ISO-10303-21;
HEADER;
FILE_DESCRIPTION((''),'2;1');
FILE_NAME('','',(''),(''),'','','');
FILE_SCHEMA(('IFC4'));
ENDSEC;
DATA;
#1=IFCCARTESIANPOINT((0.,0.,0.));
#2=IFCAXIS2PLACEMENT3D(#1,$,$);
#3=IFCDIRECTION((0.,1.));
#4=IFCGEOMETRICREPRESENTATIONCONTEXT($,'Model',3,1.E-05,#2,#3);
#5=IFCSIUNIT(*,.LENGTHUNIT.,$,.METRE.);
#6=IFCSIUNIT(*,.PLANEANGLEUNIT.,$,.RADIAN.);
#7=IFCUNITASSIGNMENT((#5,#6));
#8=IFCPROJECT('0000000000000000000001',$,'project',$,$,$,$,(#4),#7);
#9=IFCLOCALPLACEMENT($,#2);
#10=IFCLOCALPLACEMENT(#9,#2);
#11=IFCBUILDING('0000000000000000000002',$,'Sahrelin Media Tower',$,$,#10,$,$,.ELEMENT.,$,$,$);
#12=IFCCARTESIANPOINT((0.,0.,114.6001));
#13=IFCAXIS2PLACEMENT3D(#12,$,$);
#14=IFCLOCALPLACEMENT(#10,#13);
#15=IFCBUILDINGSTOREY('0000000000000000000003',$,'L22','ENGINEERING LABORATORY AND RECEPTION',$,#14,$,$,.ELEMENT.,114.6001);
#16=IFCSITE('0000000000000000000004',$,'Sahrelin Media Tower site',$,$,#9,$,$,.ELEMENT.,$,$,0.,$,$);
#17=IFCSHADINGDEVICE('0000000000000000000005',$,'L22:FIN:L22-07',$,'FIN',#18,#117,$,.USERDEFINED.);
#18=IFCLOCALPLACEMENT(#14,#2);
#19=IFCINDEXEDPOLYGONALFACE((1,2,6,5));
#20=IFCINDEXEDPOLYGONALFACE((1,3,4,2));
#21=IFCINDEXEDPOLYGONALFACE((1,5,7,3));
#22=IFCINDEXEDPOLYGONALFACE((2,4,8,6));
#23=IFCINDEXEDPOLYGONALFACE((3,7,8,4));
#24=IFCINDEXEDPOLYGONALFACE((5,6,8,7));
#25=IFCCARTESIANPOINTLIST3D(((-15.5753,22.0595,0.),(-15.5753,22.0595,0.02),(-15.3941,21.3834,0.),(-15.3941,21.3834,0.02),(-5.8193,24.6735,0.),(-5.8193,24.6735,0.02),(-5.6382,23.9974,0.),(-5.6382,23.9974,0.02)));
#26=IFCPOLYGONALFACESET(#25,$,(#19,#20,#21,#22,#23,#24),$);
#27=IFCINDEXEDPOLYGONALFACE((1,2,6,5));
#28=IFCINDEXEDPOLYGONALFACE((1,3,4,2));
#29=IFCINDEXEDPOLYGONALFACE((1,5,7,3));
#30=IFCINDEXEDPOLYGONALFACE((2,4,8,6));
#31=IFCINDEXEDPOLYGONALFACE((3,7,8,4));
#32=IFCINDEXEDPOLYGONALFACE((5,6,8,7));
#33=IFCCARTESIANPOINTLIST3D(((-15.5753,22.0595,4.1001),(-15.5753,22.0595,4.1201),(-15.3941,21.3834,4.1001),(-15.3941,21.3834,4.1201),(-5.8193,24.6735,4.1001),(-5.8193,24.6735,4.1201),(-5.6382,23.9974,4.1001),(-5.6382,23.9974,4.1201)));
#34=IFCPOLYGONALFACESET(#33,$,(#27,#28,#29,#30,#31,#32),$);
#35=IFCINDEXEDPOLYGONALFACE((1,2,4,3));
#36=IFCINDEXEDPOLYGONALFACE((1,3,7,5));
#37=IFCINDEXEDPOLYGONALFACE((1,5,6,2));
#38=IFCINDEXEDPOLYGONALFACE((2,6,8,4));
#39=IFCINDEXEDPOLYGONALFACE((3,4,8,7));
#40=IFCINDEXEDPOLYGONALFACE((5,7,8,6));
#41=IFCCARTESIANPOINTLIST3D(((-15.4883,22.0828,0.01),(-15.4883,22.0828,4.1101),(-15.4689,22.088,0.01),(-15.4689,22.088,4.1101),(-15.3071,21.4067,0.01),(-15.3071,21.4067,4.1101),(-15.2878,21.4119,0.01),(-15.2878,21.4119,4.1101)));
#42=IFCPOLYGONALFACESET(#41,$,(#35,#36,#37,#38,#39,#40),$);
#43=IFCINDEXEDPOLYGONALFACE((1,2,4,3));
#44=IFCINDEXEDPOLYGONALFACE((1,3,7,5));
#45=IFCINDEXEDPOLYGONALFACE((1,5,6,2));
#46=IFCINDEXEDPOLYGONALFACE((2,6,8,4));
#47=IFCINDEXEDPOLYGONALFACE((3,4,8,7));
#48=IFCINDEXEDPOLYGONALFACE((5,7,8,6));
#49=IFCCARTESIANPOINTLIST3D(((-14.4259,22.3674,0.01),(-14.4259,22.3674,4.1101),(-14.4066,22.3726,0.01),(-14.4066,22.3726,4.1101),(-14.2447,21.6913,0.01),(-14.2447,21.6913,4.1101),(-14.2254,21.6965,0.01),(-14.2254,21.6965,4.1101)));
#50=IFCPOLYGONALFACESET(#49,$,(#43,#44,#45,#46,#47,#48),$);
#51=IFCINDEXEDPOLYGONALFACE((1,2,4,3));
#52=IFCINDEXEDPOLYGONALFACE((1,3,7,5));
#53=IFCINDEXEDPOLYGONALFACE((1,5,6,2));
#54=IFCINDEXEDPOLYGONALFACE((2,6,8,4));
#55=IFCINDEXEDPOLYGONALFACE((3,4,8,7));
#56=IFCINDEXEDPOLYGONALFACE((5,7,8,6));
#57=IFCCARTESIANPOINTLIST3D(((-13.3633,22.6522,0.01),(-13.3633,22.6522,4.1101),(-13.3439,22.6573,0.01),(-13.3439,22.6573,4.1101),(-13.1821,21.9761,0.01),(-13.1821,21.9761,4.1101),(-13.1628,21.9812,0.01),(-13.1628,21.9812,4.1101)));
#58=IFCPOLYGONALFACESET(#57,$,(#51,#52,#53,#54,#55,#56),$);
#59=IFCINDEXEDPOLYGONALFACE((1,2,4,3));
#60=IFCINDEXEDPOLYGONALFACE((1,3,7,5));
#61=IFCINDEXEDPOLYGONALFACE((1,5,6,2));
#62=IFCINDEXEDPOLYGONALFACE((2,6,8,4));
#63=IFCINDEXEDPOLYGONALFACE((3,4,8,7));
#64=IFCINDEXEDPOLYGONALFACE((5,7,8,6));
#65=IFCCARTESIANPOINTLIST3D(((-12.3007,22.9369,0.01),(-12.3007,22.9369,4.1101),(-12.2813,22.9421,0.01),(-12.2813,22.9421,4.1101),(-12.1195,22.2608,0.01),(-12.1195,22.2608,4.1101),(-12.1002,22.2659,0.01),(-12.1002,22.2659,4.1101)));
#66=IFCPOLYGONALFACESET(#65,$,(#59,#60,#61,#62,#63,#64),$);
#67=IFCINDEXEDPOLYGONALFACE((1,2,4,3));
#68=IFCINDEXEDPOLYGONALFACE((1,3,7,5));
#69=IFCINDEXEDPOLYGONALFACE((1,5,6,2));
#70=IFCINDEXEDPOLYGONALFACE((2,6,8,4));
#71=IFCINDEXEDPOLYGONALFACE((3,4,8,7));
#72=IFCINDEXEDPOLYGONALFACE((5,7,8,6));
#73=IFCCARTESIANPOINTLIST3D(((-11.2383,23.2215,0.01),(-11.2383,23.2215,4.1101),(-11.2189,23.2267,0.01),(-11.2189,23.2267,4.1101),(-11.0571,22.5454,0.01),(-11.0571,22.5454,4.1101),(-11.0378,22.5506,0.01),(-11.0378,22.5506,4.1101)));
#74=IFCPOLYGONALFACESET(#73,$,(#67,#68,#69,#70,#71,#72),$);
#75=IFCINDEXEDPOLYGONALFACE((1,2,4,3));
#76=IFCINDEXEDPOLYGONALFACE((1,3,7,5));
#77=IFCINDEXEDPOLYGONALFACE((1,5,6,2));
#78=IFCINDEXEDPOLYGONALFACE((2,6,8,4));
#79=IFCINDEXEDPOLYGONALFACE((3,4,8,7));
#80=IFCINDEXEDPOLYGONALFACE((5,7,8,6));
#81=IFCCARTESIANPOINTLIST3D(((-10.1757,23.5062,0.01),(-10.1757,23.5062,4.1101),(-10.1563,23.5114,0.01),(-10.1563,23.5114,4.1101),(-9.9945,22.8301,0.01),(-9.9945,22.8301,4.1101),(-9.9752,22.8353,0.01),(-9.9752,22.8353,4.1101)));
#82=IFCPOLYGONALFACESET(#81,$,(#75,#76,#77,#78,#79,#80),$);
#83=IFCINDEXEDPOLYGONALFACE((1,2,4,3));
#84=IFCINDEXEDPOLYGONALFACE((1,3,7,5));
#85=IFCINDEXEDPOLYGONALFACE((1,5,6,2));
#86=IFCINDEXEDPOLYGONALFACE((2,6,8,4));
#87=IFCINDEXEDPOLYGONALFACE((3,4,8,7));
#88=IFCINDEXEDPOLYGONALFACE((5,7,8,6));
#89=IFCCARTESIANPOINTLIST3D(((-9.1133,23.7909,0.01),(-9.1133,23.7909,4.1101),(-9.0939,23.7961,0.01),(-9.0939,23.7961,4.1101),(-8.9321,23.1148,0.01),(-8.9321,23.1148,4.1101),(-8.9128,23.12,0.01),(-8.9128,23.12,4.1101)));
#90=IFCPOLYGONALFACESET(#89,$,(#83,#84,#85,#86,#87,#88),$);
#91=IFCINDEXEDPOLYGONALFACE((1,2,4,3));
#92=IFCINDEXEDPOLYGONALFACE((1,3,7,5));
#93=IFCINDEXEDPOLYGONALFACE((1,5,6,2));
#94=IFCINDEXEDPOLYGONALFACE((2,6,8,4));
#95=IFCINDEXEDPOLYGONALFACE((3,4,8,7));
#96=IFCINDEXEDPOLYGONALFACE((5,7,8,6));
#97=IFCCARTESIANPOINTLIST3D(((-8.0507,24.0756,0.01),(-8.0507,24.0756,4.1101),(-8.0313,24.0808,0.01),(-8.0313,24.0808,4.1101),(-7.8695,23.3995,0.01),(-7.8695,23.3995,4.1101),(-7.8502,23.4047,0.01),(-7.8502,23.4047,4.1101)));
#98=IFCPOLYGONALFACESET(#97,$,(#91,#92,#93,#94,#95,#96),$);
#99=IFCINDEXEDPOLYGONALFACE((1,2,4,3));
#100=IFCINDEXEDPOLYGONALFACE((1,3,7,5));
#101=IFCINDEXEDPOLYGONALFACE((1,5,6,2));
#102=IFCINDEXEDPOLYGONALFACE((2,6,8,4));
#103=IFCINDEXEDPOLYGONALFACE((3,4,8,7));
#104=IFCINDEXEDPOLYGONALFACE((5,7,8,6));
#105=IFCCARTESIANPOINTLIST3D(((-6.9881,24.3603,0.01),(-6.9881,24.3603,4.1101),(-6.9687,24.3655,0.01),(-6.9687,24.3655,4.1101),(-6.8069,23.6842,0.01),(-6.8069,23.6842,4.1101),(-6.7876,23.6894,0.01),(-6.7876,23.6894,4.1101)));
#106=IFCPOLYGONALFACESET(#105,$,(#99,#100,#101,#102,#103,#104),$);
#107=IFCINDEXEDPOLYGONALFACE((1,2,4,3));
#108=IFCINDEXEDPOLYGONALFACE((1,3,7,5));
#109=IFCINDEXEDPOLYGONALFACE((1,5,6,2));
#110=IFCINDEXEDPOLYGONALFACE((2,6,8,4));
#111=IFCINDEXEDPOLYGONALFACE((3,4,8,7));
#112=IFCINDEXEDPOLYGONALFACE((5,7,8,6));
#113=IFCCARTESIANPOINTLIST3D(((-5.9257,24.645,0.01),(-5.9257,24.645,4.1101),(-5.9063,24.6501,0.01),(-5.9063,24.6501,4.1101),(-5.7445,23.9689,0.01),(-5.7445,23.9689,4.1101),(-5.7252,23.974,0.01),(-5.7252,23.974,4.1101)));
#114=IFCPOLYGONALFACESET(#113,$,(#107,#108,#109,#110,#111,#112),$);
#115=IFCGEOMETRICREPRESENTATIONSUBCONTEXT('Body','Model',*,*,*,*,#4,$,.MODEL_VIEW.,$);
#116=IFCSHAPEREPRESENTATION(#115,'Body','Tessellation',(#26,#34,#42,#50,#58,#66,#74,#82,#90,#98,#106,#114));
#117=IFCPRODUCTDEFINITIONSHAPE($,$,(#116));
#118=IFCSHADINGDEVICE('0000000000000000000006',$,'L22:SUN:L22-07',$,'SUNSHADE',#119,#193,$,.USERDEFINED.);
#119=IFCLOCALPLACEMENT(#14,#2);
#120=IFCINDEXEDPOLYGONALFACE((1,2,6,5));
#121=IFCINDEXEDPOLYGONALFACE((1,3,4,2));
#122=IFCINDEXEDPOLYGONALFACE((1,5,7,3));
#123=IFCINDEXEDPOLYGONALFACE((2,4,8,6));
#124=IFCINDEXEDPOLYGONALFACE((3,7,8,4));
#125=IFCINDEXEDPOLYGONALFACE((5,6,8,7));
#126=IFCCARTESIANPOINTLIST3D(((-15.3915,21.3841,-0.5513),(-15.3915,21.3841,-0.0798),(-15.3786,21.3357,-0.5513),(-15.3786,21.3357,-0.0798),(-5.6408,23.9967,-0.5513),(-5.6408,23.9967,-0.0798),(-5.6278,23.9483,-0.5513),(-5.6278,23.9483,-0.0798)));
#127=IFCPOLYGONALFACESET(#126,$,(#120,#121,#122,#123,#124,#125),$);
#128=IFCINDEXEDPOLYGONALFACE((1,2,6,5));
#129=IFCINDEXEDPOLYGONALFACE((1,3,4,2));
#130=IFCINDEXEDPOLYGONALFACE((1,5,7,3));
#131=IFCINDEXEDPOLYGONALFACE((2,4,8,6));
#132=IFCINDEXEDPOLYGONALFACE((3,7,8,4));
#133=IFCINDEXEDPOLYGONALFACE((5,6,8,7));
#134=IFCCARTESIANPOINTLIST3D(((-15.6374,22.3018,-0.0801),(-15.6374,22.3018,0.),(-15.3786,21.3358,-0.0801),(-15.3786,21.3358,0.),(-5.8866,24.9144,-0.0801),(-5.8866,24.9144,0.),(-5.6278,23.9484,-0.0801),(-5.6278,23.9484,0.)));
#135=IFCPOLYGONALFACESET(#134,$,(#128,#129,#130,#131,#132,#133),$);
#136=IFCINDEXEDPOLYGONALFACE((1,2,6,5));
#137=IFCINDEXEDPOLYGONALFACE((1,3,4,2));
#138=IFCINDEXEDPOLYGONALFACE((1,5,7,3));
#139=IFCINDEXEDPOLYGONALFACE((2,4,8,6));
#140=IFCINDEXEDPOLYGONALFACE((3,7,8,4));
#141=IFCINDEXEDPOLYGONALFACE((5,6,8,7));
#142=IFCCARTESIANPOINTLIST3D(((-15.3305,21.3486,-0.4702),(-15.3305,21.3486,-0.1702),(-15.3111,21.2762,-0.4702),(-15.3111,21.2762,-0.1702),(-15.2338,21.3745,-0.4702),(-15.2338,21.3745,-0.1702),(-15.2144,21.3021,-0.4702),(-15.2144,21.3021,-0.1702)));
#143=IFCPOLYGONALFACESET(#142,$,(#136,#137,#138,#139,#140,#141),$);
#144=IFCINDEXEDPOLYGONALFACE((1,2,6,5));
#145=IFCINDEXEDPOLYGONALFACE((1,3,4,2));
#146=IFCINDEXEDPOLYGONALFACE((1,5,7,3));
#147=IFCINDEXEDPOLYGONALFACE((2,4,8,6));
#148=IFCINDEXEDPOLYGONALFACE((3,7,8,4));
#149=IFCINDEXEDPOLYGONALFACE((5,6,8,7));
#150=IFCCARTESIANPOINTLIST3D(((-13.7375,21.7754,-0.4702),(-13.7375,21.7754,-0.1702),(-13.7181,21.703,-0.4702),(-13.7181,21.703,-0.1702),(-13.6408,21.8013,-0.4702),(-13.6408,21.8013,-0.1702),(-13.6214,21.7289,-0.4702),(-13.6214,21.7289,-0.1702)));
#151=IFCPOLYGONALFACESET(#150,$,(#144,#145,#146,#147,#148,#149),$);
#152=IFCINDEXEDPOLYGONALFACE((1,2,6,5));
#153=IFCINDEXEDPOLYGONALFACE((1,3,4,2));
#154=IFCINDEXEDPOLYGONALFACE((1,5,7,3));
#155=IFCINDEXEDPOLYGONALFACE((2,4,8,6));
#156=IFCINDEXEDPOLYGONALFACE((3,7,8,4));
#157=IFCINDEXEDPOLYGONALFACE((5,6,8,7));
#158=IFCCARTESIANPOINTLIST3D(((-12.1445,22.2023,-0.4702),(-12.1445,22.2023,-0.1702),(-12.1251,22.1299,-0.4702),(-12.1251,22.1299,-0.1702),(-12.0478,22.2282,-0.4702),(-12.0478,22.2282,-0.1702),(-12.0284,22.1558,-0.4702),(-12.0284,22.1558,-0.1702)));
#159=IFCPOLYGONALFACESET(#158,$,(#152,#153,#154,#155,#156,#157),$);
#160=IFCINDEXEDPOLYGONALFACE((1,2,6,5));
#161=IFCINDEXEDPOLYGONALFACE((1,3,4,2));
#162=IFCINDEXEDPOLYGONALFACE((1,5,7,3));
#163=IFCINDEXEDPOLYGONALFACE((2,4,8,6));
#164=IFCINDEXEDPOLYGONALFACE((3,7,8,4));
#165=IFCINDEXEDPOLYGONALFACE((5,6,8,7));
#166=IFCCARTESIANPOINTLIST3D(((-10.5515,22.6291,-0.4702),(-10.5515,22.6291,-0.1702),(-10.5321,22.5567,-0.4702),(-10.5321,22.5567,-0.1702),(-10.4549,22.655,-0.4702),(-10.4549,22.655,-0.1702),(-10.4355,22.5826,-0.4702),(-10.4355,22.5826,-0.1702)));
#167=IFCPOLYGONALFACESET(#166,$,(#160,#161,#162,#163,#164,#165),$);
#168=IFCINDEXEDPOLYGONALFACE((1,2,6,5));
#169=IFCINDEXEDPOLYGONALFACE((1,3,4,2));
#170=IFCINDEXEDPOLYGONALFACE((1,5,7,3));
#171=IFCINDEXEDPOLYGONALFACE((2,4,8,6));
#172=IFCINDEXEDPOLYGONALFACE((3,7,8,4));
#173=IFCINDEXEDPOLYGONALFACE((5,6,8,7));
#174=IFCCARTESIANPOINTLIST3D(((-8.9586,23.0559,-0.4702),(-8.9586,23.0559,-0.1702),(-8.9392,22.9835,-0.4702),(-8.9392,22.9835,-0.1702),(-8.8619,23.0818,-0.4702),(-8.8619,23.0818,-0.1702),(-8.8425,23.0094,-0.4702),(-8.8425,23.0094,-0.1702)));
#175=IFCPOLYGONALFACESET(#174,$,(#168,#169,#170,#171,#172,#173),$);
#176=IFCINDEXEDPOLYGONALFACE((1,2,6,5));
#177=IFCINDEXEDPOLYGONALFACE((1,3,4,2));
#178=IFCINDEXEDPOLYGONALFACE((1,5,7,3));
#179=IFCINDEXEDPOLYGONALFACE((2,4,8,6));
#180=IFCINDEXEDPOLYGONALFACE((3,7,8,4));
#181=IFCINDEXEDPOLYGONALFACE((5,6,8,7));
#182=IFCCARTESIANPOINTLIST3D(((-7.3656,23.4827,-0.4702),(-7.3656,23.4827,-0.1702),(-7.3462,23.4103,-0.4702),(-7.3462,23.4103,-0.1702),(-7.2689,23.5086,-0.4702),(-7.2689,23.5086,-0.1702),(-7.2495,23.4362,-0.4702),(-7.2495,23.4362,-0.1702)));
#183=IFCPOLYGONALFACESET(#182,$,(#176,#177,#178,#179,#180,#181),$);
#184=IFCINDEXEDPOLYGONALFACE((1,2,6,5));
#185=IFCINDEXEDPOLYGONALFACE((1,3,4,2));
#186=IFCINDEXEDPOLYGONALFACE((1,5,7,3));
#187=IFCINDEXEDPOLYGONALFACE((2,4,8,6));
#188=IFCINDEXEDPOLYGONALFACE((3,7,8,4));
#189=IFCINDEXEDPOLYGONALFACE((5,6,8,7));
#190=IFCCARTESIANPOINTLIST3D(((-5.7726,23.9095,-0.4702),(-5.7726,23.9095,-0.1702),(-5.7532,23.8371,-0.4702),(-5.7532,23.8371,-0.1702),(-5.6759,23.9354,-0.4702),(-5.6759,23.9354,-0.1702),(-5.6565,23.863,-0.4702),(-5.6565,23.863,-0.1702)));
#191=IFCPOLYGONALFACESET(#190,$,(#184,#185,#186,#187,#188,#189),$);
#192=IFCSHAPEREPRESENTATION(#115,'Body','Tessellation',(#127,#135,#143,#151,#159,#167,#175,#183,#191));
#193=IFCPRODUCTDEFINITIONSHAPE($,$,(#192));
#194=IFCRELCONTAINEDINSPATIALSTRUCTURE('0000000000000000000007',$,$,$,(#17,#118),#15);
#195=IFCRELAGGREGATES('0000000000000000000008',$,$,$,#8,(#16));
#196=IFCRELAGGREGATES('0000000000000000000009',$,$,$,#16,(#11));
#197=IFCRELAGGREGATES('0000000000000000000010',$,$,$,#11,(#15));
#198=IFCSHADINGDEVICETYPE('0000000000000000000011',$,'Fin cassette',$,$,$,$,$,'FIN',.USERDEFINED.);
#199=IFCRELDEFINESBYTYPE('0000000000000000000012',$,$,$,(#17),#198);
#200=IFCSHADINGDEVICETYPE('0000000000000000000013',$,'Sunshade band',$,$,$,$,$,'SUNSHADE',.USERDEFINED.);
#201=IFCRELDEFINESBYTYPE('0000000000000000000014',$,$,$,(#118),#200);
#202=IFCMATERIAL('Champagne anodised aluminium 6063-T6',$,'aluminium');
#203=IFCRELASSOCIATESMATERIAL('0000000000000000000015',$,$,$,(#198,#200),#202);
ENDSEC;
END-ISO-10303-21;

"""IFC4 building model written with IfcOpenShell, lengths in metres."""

from ifc_helpers import new_model, si_unit, direction, frame, origin, origin_2d, place, context, subcontext, project, spatial, rectangle, extrude, material, type_object, element, save


model = new_model("IFC4")

# Units and contexts
model_context = context("Model", 3, precision=1e-05, world=origin(), true_north=direction((0.0, 1.0)))
body_context = subcontext(model_context, "Body", "Model", "MODEL_VIEW")
ifc_project = project(units=[si_unit("LENGTHUNIT", "METRE"), si_unit("PLANEANGLEUNIT", "RADIAN")], contexts=[model_context])

# Site, building, storey
site_placement = place(None, origin())
site = spatial("IfcSite", under=ifc_project, at=site_placement, Name="Sahrelin Media Tower site", CompositionType="ELEMENT", RefElevation=0.0)
building_placement = place(site_placement, origin())
building = spatial("IfcBuilding", under=site, at=building_placement, Name="Sahrelin Media Tower", CompositionType="ELEMENT")
storey_placement = place(building_placement, frame((0.0, 0.0, 114.6001)))
storey = spatial("IfcBuildingStorey", under=building, at=storey_placement, Name="L22", Description="ENGINEERING LABORATORY AND RECEPTION", CompositionType="ELEMENT", Elevation=114.6001)

# Shared definitions
ifc_material_1 = material(Name="Champagne anodised aluminium 6063-T6", Category="aluminium")

# Shading devices
shading_device_type_1 = type_object("IfcShadingDeviceType", Name="Fin cassette", ElementType="FIN", PredefinedType="USERDEFINED", material=ifc_material_1)
placement = place(storey_placement, frame((-10.498, 22.6228, 0.0), z_axis=(0.0, 0.0, 1.0), x_axis=(0.965929, 0.258808, 0.0)))
element("IfcShadingDevice", 1, at=placement, inside=storey, type_object=shading_device_type_1, Name="L22:FIN:L22-07", ObjectType="FIN", PredefinedType="USERDEFINED", context=body_context, shape_type="SweptSolid", body=[
    extrude(rectangle(XDim=10.1001, YDim=0.7, at=origin_2d()), frame((0.0, 0.4199, 0.0)), (0.0, 0.0, 1.0), 0.02),
    extrude(rectangle(XDim=10.1001, YDim=0.7, at=origin_2d()), frame((0.0, 0.4199, 4.1001)), (0.0, 0.0, 1.0), 0.02),
    extrude(rectangle(XDim=0.02, YDim=0.7, at=origin_2d()), frame((-4.95, 0.4199, 0.01), z_axis=(0.0, 0.0, 1.0), x_axis=(1.0, 0.0, 0.0)), (0.0, 0.0, 1.0), 4.1001),
    extrude(rectangle(XDim=0.02, YDim=0.7, at=origin_2d()), frame((-3.8501, 0.4199, 0.01), z_axis=(0.0, 0.0, 1.0), x_axis=(1.0, 0.0, 0.0)), (0.0, 0.0, 1.0), 4.1001),
    extrude(rectangle(XDim=0.02, YDim=0.7, at=origin_2d()), frame((-2.75, 0.4199, 0.01), z_axis=(0.0, 0.0, 1.0), x_axis=(1.0, 0.0, 0.0)), (0.0, 0.0, 1.0), 4.1001),
    extrude(rectangle(XDim=0.02, YDim=0.7, at=origin_2d()), frame((-1.6499, 0.4199, 0.01), z_axis=(0.0, 0.0, 1.0), x_axis=(1.0, 0.0, 0.0)), (0.0, 0.0, 1.0), 4.1001),
    extrude(rectangle(XDim=0.02, YDim=0.7, at=origin_2d()), frame((-0.55, 0.4199, 0.01), z_axis=(0.0, 0.0, 1.0), x_axis=(1.0, 0.0, 0.0)), (0.0, 0.0, 1.0), 4.1001),
    extrude(rectangle(XDim=0.02, YDim=0.7, at=origin_2d()), frame((0.55, 0.4199, 0.01), z_axis=(0.0, 0.0, 1.0), x_axis=(1.0, 0.0, 0.0)), (0.0, 0.0, 1.0), 4.1001),
    extrude(rectangle(XDim=0.02, YDim=0.7, at=origin_2d()), frame((1.6499, 0.4199, 0.01), z_axis=(0.0, 0.0, 1.0), x_axis=(1.0, 0.0, 0.0)), (0.0, 0.0, 1.0), 4.1001),
    extrude(rectangle(XDim=0.02, YDim=0.7, at=origin_2d()), frame((2.75, 0.4199, 0.01), z_axis=(0.0, 0.0, 1.0), x_axis=(1.0, 0.0, 0.0)), (0.0, 0.0, 1.0), 4.1001),
    extrude(rectangle(XDim=0.02, YDim=0.7, at=origin_2d()), frame((3.8501, 0.4199, 0.01), z_axis=(0.0, 0.0, 1.0), x_axis=(1.0, 0.0, 0.0)), (0.0, 0.0, 1.0), 4.1001),
    extrude(rectangle(XDim=0.02, YDim=0.7, at=origin_2d()), frame((4.95, 0.4199, 0.01), z_axis=(0.0, 0.0, 1.0), x_axis=(1.0, 0.0, 0.0)), (0.0, 0.0, 1.0), 4.1001),
])
shading_device_type_2 = type_object("IfcShadingDeviceType", Name="Sunshade band", ElementType="SUNSHADE", PredefinedType="USERDEFINED", material=ifc_material_1)
element("IfcShadingDevice", 2, at=placement, inside=storey, type_object=shading_device_type_2, Name="L22:SUN:L22-07", ObjectType="SUNSHADE", PredefinedType="USERDEFINED", context=body_context, shape_type="SweptSolid", body=[
    extrude(rectangle(XDim=10.0947, YDim=0.05, at=origin_2d()), frame((0.0, 0.0449, -0.5513)), (0.0, 0.0, 1.0), 0.4714),
    extrude(rectangle(XDim=10.0947, YDim=1.0, at=origin_2d()), frame((0.0, 0.52, -0.0801)), (0.0, 0.0, 1.0), 0.0801),
    extrude(rectangle(XDim=0.1001, YDim=0.075, at=origin_2d()), frame((-4.9475, -0.0176, -0.4702)), (0.0, 0.0, 1.0), 0.3),
    extrude(rectangle(XDim=0.1001, YDim=0.075, at=origin_2d()), frame((-3.2983, -0.0176, -0.4702)), (0.0, 0.0, 1.0), 0.3),
    extrude(rectangle(XDim=0.1001, YDim=0.075, at=origin_2d()), frame((-1.6492, -0.0176, -0.4702)), (0.0, 0.0, 1.0), 0.3),
    extrude(rectangle(XDim=0.1001, YDim=0.075, at=origin_2d()), frame((0.0, -0.0176, -0.4702)), (0.0, 0.0, 1.0), 0.3),
    extrude(rectangle(XDim=0.1001, YDim=0.075, at=origin_2d()), frame((1.6492, -0.0176, -0.4702)), (0.0, 0.0, 1.0), 0.3),
    extrude(rectangle(XDim=0.1001, YDim=0.075, at=origin_2d()), frame((3.2983, -0.0176, -0.4702)), (0.0, 0.0, 1.0), 0.3),
    extrude(rectangle(XDim=0.1001, YDim=0.075, at=origin_2d()), frame((4.9475, -0.0176, -0.4702)), (0.0, 0.0, 1.0), 0.3),
])

save(model, "model.ifc")
